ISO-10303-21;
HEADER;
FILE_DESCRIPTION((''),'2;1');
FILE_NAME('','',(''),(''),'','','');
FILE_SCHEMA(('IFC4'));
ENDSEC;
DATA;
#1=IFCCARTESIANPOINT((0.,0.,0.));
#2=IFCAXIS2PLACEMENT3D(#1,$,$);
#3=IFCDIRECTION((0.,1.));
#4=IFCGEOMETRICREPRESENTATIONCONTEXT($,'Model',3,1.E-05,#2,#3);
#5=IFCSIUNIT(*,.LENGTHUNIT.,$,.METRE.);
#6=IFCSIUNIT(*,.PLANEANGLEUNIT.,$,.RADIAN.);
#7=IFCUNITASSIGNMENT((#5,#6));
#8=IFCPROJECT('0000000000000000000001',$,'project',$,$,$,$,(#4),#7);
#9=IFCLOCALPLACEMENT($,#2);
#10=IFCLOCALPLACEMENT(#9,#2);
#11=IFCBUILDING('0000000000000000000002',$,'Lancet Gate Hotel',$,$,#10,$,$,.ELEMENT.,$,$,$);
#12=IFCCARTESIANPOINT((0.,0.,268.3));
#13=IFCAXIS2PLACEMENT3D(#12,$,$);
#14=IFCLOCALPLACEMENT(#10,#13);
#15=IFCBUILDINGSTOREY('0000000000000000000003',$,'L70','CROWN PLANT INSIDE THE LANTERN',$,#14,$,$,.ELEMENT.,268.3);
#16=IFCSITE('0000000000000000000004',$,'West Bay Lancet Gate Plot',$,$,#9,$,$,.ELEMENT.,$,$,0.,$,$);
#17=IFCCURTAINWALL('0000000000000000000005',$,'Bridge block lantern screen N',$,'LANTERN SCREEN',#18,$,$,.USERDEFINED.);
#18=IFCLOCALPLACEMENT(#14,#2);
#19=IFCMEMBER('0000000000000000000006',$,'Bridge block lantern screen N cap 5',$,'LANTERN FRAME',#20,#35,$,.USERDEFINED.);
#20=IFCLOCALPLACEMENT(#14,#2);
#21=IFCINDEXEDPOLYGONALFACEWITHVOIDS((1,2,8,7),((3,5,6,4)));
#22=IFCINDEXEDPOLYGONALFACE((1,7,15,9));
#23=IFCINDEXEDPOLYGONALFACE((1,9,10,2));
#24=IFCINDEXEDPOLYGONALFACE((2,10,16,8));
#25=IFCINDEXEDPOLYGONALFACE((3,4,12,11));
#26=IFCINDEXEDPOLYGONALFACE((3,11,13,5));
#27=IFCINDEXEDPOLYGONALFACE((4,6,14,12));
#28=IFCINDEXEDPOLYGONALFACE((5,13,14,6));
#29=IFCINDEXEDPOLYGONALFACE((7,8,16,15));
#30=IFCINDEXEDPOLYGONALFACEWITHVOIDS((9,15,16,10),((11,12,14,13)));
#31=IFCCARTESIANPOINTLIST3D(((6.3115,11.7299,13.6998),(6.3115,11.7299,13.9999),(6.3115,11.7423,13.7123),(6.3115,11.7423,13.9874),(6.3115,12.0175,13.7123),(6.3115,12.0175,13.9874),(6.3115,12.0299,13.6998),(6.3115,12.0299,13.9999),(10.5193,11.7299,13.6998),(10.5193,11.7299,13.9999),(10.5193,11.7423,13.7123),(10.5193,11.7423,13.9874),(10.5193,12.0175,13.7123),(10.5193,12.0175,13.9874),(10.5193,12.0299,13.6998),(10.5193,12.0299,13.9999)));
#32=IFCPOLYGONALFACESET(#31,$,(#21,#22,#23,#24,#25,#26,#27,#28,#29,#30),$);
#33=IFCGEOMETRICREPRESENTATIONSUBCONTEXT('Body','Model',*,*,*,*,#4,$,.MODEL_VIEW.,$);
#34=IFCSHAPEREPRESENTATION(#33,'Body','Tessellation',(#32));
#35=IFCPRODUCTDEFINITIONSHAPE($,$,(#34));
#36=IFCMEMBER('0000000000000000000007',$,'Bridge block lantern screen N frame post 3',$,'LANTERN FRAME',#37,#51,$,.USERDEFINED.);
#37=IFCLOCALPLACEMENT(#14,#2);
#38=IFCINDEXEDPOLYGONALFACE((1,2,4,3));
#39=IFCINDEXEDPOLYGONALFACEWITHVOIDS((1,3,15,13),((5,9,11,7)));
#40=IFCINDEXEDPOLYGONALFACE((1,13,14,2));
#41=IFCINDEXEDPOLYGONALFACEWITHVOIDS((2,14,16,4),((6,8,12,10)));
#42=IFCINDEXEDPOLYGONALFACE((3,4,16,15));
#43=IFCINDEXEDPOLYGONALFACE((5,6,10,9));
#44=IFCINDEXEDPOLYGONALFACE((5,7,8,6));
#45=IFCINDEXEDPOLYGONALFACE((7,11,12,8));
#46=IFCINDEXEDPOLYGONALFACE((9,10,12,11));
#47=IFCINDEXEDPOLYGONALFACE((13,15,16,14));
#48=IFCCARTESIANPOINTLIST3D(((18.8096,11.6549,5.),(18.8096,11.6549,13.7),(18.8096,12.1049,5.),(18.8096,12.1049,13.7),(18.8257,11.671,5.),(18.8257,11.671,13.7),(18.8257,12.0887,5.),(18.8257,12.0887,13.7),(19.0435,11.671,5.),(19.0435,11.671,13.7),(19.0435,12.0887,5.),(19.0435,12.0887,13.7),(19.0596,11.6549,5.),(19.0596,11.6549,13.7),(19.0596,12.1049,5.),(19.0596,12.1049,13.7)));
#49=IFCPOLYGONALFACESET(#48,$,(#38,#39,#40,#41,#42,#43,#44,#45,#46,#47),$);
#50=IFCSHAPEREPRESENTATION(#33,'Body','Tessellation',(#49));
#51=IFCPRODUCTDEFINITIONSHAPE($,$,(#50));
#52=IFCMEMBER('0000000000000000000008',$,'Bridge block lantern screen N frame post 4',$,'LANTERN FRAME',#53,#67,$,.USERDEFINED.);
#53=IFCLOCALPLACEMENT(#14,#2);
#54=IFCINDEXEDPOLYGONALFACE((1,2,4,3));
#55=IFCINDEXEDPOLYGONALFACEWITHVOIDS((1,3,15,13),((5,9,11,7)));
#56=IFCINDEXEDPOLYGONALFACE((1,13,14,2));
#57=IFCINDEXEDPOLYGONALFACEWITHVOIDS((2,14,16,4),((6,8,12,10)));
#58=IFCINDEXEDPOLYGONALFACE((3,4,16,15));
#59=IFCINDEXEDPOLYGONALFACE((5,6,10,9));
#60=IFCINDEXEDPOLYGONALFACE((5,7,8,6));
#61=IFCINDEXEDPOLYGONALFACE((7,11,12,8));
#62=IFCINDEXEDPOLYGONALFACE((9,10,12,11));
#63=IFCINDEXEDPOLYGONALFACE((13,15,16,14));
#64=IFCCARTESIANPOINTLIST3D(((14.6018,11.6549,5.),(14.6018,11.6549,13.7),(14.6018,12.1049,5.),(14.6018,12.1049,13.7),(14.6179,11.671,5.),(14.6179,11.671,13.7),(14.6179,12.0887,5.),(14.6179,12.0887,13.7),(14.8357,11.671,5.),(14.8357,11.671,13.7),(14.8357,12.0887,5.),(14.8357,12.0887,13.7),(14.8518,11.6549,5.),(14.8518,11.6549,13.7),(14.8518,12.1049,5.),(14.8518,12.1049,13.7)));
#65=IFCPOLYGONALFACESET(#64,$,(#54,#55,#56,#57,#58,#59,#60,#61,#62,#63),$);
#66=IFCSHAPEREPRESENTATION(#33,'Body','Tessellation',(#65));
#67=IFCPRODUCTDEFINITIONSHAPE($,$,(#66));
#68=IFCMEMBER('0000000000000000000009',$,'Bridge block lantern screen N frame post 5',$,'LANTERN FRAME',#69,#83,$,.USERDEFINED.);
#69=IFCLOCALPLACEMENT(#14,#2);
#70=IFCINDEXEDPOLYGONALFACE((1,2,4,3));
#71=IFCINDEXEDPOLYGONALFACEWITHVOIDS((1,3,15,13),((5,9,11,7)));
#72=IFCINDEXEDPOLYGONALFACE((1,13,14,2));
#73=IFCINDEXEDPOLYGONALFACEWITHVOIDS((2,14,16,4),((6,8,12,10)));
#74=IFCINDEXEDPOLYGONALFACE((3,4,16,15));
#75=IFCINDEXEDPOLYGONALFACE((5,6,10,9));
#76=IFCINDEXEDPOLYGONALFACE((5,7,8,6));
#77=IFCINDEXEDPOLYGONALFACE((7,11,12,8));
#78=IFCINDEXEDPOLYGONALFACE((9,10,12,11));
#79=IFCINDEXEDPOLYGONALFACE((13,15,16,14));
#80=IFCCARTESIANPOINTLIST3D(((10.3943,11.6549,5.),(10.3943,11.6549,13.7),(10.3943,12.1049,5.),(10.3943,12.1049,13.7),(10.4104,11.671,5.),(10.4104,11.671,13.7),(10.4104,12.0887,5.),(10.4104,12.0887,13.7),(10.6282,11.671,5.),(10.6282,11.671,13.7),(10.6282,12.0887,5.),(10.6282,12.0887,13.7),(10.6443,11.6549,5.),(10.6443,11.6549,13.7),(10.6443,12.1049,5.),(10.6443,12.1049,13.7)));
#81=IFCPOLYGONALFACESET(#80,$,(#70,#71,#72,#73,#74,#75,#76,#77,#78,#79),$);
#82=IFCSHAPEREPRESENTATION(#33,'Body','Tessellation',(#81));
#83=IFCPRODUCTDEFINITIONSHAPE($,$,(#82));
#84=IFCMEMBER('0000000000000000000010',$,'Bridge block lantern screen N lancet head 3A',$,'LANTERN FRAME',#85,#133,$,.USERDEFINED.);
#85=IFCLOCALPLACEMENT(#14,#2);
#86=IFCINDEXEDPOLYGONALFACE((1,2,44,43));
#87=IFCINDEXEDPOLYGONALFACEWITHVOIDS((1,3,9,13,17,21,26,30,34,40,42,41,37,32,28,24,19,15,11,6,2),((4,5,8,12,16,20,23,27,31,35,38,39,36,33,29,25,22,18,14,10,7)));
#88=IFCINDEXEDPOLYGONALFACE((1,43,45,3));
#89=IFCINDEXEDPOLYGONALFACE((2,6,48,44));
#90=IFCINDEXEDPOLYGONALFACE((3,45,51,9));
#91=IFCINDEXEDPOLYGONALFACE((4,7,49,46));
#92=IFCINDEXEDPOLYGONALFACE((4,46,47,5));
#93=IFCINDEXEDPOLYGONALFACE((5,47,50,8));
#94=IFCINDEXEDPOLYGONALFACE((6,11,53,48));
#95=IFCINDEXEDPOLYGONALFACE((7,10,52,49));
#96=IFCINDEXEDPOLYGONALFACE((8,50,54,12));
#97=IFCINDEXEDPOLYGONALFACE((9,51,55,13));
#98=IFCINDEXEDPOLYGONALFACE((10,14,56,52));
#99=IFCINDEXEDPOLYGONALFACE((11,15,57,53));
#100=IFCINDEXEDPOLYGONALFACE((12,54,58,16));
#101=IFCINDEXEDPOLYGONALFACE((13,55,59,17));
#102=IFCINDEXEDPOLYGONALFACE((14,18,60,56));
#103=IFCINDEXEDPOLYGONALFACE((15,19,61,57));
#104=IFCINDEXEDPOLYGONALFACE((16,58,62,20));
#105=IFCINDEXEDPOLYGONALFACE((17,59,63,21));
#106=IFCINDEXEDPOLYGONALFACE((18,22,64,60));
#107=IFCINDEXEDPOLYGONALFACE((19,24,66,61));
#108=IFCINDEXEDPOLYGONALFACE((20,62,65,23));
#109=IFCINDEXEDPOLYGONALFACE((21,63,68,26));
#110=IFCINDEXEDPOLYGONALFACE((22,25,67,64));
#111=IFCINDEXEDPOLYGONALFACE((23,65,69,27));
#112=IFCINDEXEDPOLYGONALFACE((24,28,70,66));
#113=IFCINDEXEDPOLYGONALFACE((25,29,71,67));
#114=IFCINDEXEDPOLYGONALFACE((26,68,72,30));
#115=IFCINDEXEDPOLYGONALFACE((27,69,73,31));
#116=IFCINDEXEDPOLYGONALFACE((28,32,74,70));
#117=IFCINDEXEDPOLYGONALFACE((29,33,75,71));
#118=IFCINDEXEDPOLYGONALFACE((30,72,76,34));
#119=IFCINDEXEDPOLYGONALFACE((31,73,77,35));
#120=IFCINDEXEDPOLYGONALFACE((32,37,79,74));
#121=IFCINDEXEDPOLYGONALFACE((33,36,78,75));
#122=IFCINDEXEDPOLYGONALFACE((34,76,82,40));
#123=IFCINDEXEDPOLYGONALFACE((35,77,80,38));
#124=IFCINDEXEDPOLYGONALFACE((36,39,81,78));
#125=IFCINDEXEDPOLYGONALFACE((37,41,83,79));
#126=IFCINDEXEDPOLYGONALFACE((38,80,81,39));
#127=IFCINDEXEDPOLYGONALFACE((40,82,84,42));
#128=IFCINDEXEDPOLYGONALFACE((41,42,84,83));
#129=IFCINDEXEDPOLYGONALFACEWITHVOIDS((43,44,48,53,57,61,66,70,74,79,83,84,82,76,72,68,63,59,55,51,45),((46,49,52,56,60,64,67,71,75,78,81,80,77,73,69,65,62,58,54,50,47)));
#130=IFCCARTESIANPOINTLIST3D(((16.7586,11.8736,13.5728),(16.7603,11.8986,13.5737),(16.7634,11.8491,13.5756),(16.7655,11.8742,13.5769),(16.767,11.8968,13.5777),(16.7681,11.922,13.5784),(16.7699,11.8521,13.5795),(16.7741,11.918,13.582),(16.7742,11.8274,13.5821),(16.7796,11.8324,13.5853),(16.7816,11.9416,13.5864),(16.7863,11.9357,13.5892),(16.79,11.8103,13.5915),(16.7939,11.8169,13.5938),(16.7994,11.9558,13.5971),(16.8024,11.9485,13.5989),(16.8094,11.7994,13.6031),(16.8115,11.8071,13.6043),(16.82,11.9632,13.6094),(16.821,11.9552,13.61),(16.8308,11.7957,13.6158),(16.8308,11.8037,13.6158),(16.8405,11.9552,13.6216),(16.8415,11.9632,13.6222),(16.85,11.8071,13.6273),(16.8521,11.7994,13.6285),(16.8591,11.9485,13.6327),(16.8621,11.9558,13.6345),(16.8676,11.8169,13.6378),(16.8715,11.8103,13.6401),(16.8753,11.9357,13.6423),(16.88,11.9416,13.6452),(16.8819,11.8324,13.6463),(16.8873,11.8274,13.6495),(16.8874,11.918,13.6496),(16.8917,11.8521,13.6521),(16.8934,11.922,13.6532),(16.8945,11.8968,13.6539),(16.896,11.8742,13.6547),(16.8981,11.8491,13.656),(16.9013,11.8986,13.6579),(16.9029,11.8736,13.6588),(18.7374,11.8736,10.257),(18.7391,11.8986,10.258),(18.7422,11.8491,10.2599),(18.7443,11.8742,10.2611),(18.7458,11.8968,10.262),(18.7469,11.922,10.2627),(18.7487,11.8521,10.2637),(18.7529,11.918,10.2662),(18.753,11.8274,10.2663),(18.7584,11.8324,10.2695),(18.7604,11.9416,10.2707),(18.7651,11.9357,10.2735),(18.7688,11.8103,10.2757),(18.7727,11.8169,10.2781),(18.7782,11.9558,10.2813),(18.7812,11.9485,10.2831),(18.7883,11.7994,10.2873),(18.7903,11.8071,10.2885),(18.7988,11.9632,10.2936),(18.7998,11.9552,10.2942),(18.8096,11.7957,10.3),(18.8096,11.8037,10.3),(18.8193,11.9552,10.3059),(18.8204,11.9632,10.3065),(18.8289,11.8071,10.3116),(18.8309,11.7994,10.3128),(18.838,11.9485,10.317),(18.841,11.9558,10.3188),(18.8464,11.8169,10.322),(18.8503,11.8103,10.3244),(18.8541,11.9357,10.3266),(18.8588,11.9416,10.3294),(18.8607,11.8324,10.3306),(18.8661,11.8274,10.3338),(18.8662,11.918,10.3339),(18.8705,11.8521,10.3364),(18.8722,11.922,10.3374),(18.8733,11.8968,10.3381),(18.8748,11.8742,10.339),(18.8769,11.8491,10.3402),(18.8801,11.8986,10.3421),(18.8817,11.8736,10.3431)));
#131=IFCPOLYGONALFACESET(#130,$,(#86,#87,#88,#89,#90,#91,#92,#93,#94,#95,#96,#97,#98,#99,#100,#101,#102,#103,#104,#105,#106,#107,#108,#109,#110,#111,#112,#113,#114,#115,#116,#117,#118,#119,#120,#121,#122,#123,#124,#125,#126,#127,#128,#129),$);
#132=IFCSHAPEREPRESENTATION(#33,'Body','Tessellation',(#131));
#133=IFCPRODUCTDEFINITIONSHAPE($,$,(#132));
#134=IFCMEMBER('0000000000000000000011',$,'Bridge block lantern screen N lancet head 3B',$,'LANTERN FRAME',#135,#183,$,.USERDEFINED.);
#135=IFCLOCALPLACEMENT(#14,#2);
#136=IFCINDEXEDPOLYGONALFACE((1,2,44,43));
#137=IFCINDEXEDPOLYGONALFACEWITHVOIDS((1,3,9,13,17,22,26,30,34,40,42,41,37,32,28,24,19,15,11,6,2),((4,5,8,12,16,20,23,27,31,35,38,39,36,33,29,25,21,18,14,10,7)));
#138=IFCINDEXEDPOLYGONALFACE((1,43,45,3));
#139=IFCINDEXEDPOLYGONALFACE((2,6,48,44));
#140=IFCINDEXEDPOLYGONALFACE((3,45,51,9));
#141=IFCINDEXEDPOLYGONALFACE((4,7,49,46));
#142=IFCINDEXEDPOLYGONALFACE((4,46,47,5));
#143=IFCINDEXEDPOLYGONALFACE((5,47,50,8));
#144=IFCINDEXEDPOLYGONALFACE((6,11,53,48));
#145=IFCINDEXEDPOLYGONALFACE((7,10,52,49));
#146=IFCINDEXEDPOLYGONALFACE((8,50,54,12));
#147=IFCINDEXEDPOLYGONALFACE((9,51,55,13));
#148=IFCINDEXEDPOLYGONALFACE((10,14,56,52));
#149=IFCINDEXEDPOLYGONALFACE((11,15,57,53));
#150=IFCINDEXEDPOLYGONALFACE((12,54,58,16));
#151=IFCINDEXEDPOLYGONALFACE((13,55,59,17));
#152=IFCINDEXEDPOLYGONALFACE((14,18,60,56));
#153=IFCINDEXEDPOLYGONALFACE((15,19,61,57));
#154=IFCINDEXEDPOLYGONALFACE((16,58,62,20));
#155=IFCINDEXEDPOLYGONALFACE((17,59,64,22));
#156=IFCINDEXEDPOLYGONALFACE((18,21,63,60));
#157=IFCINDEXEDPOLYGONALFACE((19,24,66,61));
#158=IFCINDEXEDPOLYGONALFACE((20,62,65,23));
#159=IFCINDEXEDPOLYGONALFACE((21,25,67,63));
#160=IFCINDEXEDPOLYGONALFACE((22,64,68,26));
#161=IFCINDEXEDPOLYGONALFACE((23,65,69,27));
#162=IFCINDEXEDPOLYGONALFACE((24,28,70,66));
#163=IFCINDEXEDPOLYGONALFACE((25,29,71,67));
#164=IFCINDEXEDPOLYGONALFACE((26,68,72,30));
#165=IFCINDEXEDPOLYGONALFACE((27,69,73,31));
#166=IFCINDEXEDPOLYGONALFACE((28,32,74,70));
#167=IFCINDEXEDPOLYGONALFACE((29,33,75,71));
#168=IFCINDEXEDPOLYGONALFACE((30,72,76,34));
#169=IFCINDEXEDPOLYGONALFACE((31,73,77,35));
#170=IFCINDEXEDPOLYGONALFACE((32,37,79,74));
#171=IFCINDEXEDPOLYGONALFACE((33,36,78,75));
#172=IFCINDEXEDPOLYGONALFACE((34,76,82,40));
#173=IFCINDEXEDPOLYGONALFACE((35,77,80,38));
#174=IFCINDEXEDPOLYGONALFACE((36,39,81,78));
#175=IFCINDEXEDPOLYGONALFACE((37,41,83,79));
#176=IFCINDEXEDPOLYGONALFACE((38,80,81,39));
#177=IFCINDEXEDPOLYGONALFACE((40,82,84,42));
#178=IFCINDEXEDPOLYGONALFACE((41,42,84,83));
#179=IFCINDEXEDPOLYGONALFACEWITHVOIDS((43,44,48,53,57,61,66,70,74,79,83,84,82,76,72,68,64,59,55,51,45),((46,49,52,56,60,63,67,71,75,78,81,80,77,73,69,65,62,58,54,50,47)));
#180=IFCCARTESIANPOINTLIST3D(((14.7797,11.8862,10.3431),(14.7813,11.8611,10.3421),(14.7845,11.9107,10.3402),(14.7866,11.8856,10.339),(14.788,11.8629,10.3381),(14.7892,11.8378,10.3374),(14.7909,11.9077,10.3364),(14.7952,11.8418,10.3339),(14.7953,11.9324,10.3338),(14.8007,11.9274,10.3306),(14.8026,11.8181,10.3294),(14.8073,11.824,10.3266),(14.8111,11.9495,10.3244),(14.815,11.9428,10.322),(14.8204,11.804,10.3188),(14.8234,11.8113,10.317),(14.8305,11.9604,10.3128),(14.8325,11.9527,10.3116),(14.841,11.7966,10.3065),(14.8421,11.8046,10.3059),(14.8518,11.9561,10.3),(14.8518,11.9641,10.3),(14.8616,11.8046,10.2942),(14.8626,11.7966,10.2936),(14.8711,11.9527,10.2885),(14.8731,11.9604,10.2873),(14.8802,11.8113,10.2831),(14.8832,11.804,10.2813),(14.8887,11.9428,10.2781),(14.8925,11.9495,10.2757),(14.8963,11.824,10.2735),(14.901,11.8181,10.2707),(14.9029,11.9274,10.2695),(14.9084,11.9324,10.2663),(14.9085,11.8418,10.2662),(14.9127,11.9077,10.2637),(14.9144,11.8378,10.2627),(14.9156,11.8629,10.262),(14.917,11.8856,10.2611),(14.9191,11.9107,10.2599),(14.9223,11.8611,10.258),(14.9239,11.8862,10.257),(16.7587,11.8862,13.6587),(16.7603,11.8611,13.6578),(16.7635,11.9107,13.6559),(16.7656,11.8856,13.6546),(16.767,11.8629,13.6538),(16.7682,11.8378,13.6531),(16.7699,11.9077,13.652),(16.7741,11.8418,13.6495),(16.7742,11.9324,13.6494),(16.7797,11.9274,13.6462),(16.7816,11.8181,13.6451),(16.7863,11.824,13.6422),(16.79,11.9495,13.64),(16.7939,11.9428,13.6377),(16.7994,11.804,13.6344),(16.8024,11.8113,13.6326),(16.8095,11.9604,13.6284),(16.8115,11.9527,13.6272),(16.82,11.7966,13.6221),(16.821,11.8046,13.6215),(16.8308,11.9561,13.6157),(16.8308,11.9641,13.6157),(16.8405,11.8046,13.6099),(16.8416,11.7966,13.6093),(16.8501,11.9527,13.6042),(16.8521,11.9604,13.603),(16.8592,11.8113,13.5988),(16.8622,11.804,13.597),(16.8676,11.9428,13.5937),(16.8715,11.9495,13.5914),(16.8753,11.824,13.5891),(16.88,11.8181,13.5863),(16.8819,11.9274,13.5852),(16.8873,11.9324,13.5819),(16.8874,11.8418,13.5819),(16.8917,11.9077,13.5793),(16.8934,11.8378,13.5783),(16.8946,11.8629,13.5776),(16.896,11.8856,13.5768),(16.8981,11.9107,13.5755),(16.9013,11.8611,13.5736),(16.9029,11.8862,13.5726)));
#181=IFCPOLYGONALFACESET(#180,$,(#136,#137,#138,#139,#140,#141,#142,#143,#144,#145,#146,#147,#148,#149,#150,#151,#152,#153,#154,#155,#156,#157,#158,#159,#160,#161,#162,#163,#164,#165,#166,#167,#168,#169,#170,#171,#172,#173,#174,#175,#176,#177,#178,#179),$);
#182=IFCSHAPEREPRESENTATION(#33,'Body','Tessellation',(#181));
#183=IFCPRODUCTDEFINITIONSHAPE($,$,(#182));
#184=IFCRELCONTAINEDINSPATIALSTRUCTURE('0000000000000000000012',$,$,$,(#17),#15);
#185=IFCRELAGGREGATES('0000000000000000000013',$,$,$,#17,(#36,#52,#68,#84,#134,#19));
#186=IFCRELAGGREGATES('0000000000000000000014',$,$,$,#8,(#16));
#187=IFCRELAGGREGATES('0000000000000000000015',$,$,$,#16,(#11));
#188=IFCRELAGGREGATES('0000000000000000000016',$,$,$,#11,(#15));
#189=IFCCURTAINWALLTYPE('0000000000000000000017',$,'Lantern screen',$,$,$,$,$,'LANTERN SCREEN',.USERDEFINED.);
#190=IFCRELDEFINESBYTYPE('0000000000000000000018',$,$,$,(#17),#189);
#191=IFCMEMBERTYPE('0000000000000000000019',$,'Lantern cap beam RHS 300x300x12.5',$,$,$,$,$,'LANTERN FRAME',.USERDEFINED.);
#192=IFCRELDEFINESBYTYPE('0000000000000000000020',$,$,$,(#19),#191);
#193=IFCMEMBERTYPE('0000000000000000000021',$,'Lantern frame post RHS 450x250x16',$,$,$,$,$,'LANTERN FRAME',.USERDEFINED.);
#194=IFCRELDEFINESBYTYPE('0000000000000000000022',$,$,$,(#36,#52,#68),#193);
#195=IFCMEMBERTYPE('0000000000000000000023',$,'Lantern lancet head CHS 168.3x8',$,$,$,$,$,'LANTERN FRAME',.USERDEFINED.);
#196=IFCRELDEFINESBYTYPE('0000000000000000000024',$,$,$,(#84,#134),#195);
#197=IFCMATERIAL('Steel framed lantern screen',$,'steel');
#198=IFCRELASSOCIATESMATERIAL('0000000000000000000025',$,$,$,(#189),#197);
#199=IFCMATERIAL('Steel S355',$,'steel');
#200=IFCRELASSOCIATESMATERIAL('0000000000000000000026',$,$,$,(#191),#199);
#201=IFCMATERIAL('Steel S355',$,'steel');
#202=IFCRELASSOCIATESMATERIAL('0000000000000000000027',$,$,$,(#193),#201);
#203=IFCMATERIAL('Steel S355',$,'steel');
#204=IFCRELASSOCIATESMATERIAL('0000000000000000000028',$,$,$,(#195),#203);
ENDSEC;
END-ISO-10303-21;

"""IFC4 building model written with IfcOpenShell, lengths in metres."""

from ifc_helpers import new_model, si_unit, direction, frame, origin, origin_2d, place, context, subcontext, project, spatial, hollow_rectangle, hollow_circle, extrude, material, material_profile, profile_set, type_object, element, aggregate, save


model = new_model("IFC4")

# Units and contexts
model_context = context("Model", 3, precision=1e-05, world=origin(), true_north=direction((0.0, 1.0)))
body_context = subcontext(model_context, "Body", "Model", "MODEL_VIEW")
ifc_project = project(units=[si_unit("LENGTHUNIT", "METRE"), si_unit("PLANEANGLEUNIT", "RADIAN")], contexts=[model_context])

# Site, building, storey
site_placement = place(None, origin())
site = spatial("IfcSite", under=ifc_project, at=site_placement, Name="West Bay Lancet Gate Plot", CompositionType="ELEMENT", RefElevation=0.0)
building_placement = place(site_placement, origin())
building = spatial("IfcBuilding", under=site, at=building_placement, Name="Lancet Gate Hotel", CompositionType="ELEMENT")
storey_placement = place(building_placement, frame((0.0, 0.0, 268.3)))
storey = spatial("IfcBuildingStorey", under=building, at=storey_placement, Name="L70", Description="CROWN PLANT INSIDE THE LANTERN", CompositionType="ELEMENT", Elevation=268.3)

# Curtain wall, members
ifc_material_1 = material(Name="Steel framed lantern screen", Category="steel")
curtain_wall_type_1 = type_object("IfcCurtainWallType", Name="Lantern screen", ElementType="LANTERN SCREEN", PredefinedType="USERDEFINED", material=ifc_material_1)
curtain_wall_1_placement = place(storey_placement, origin())
curtain_wall_1 = element("IfcCurtainWall", 1, at=curtain_wall_1_placement, inside=storey, type_object=curtain_wall_type_1, Name="Bridge block lantern screen N", ObjectType="LANTERN SCREEN", PredefinedType="USERDEFINED")
ifc_material_2 = material(Name="Steel S355", Category="steel")
ifc_material_profile_1 = material_profile(ifc_material_2, hollow_rectangle(XDim=0.3, YDim=0.3, WallThickness=0.0125, at=origin_2d()), Name="RHS 300x300x12.5")
ifc_profile_set_1 = profile_set([ifc_material_profile_1], Name="Steel S355")
member_type_1 = type_object("IfcMemberType", Name="Lantern cap beam RHS 300x300x12.5", ElementType="LANTERN FRAME", PredefinedType="USERDEFINED", material=ifc_profile_set_1)
member_1_placement = place(storey_placement, frame((10.5193, 11.8799, 13.8499), z_axis=(-1.0, 0.0, 0.0), x_axis=(0.0, -1.0, 0.0)))
member_1 = element("IfcMember", 2, at=member_1_placement, type_object=member_type_1, Name="Bridge block lantern screen N cap 5", ObjectType="LANTERN FRAME", PredefinedType="USERDEFINED", context=body_context, shape_type="SweptSolid", body=[
    extrude(hollow_rectangle(XDim=0.3, YDim=0.3, WallThickness=0.0125, at=origin_2d()), origin(), (0.0, 0.0, 1.0), 4.2078),
])
ifc_material_3 = material(Name="Steel S355", Category="steel")
ifc_material_profile_2 = material_profile(ifc_material_3, hollow_rectangle(XDim=0.25, YDim=0.45, WallThickness=0.0161, at=origin_2d()), Name="RHS 450x250x16")
ifc_profile_set_2 = profile_set([ifc_material_profile_2], Name="Steel S355")
member_type_2 = type_object("IfcMemberType", Name="Lantern frame post RHS 450x250x16", ElementType="LANTERN FRAME", PredefinedType="USERDEFINED", material=ifc_profile_set_2)
member_2_placement = place(storey_placement, frame((18.9346, 11.8799, 5.0), z_axis=(0.0, 0.0, 1.0), x_axis=(-1.0, 0.0, 0.0)))
member_2 = element("IfcMember", 3, at=member_2_placement, type_object=member_type_2, Name="Bridge block lantern screen N frame post 3", ObjectType="LANTERN FRAME", PredefinedType="USERDEFINED", context=body_context, shape_type="SweptSolid", body=[
    extrude(hollow_rectangle(XDim=0.25, YDim=0.45, WallThickness=0.0161, at=origin_2d()), origin(), (0.0, 0.0, 1.0), 8.7),
])
member_3_placement = place(storey_placement, frame((14.7268, 11.8799, 5.0), z_axis=(0.0, 0.0, 1.0), x_axis=(-1.0, 0.0, 0.0)))
member_3 = element("IfcMember", 4, at=member_3_placement, type_object=member_type_2, Name="Bridge block lantern screen N frame post 4", ObjectType="LANTERN FRAME", PredefinedType="USERDEFINED", context=body_context, shape_type="SweptSolid", body=[
    extrude(hollow_rectangle(XDim=0.25, YDim=0.45, WallThickness=0.0161, at=origin_2d()), origin(), (0.0, 0.0, 1.0), 8.7),
])
member_4_placement = place(storey_placement, frame((10.5193, 11.8799, 5.0), z_axis=(0.0, 0.0, 1.0), x_axis=(-1.0, 0.0, 0.0)))
member_4 = element("IfcMember", 5, at=member_4_placement, type_object=member_type_2, Name="Bridge block lantern screen N frame post 5", ObjectType="LANTERN FRAME", PredefinedType="USERDEFINED", context=body_context, shape_type="SweptSolid", body=[
    extrude(hollow_rectangle(XDim=0.25, YDim=0.45, WallThickness=0.0161, at=origin_2d()), origin(), (0.0, 0.0, 1.0), 8.7),
])
ifc_material_4 = material(Name="Steel S355", Category="steel")
ifc_material_profile_3 = material_profile(ifc_material_4, hollow_circle(Radius=0.0842, WallThickness=0.0081, at=origin_2d()), Name="CHS 168.3x8.0")
ifc_profile_set_3 = profile_set([ifc_material_profile_3], Name="Steel S355")
member_type_3 = type_object("IfcMemberType", Name="Lantern lancet head CHS 168.3x8", ElementType="LANTERN FRAME", PredefinedType="USERDEFINED", material=ifc_profile_set_3)
member_5_placement = place(storey_placement, frame((18.8096, 11.8799, 10.3), z_axis=(-0.512467, 0.0, 0.858707), x_axis=(0.0, -1.0, 0.0)))
member_5 = element("IfcMember", 6, at=member_5_placement, type_object=member_type_3, Name="Bridge block lantern screen N lancet head 3A", ObjectType="LANTERN FRAME", PredefinedType="USERDEFINED", context=body_context, shape_type="SweptSolid", body=[
    extrude(hollow_circle(Radius=0.0842, WallThickness=0.0081, at=origin_2d()), origin(), (0.0, 0.0, 1.0), 3.8613),
])
member_6_placement = place(storey_placement, frame((14.8518, 11.8799, 10.3), z_axis=(0.512514, 0.0, 0.858679), x_axis=(0.0, 1.0, 0.0)))
member_6 = element("IfcMember", 7, at=member_6_placement, type_object=member_type_3, Name="Bridge block lantern screen N lancet head 3B", ObjectType="LANTERN FRAME", PredefinedType="USERDEFINED", context=body_context, shape_type="SweptSolid", body=[
    extrude(hollow_circle(Radius=0.0842, WallThickness=0.0081, at=origin_2d()), origin(), (0.0, 0.0, 1.0), 3.8613),
])

aggregate(curtain_wall_1, [member_2, member_3, member_4, member_5, member_6, member_1])

save(model, "model.ifc")
